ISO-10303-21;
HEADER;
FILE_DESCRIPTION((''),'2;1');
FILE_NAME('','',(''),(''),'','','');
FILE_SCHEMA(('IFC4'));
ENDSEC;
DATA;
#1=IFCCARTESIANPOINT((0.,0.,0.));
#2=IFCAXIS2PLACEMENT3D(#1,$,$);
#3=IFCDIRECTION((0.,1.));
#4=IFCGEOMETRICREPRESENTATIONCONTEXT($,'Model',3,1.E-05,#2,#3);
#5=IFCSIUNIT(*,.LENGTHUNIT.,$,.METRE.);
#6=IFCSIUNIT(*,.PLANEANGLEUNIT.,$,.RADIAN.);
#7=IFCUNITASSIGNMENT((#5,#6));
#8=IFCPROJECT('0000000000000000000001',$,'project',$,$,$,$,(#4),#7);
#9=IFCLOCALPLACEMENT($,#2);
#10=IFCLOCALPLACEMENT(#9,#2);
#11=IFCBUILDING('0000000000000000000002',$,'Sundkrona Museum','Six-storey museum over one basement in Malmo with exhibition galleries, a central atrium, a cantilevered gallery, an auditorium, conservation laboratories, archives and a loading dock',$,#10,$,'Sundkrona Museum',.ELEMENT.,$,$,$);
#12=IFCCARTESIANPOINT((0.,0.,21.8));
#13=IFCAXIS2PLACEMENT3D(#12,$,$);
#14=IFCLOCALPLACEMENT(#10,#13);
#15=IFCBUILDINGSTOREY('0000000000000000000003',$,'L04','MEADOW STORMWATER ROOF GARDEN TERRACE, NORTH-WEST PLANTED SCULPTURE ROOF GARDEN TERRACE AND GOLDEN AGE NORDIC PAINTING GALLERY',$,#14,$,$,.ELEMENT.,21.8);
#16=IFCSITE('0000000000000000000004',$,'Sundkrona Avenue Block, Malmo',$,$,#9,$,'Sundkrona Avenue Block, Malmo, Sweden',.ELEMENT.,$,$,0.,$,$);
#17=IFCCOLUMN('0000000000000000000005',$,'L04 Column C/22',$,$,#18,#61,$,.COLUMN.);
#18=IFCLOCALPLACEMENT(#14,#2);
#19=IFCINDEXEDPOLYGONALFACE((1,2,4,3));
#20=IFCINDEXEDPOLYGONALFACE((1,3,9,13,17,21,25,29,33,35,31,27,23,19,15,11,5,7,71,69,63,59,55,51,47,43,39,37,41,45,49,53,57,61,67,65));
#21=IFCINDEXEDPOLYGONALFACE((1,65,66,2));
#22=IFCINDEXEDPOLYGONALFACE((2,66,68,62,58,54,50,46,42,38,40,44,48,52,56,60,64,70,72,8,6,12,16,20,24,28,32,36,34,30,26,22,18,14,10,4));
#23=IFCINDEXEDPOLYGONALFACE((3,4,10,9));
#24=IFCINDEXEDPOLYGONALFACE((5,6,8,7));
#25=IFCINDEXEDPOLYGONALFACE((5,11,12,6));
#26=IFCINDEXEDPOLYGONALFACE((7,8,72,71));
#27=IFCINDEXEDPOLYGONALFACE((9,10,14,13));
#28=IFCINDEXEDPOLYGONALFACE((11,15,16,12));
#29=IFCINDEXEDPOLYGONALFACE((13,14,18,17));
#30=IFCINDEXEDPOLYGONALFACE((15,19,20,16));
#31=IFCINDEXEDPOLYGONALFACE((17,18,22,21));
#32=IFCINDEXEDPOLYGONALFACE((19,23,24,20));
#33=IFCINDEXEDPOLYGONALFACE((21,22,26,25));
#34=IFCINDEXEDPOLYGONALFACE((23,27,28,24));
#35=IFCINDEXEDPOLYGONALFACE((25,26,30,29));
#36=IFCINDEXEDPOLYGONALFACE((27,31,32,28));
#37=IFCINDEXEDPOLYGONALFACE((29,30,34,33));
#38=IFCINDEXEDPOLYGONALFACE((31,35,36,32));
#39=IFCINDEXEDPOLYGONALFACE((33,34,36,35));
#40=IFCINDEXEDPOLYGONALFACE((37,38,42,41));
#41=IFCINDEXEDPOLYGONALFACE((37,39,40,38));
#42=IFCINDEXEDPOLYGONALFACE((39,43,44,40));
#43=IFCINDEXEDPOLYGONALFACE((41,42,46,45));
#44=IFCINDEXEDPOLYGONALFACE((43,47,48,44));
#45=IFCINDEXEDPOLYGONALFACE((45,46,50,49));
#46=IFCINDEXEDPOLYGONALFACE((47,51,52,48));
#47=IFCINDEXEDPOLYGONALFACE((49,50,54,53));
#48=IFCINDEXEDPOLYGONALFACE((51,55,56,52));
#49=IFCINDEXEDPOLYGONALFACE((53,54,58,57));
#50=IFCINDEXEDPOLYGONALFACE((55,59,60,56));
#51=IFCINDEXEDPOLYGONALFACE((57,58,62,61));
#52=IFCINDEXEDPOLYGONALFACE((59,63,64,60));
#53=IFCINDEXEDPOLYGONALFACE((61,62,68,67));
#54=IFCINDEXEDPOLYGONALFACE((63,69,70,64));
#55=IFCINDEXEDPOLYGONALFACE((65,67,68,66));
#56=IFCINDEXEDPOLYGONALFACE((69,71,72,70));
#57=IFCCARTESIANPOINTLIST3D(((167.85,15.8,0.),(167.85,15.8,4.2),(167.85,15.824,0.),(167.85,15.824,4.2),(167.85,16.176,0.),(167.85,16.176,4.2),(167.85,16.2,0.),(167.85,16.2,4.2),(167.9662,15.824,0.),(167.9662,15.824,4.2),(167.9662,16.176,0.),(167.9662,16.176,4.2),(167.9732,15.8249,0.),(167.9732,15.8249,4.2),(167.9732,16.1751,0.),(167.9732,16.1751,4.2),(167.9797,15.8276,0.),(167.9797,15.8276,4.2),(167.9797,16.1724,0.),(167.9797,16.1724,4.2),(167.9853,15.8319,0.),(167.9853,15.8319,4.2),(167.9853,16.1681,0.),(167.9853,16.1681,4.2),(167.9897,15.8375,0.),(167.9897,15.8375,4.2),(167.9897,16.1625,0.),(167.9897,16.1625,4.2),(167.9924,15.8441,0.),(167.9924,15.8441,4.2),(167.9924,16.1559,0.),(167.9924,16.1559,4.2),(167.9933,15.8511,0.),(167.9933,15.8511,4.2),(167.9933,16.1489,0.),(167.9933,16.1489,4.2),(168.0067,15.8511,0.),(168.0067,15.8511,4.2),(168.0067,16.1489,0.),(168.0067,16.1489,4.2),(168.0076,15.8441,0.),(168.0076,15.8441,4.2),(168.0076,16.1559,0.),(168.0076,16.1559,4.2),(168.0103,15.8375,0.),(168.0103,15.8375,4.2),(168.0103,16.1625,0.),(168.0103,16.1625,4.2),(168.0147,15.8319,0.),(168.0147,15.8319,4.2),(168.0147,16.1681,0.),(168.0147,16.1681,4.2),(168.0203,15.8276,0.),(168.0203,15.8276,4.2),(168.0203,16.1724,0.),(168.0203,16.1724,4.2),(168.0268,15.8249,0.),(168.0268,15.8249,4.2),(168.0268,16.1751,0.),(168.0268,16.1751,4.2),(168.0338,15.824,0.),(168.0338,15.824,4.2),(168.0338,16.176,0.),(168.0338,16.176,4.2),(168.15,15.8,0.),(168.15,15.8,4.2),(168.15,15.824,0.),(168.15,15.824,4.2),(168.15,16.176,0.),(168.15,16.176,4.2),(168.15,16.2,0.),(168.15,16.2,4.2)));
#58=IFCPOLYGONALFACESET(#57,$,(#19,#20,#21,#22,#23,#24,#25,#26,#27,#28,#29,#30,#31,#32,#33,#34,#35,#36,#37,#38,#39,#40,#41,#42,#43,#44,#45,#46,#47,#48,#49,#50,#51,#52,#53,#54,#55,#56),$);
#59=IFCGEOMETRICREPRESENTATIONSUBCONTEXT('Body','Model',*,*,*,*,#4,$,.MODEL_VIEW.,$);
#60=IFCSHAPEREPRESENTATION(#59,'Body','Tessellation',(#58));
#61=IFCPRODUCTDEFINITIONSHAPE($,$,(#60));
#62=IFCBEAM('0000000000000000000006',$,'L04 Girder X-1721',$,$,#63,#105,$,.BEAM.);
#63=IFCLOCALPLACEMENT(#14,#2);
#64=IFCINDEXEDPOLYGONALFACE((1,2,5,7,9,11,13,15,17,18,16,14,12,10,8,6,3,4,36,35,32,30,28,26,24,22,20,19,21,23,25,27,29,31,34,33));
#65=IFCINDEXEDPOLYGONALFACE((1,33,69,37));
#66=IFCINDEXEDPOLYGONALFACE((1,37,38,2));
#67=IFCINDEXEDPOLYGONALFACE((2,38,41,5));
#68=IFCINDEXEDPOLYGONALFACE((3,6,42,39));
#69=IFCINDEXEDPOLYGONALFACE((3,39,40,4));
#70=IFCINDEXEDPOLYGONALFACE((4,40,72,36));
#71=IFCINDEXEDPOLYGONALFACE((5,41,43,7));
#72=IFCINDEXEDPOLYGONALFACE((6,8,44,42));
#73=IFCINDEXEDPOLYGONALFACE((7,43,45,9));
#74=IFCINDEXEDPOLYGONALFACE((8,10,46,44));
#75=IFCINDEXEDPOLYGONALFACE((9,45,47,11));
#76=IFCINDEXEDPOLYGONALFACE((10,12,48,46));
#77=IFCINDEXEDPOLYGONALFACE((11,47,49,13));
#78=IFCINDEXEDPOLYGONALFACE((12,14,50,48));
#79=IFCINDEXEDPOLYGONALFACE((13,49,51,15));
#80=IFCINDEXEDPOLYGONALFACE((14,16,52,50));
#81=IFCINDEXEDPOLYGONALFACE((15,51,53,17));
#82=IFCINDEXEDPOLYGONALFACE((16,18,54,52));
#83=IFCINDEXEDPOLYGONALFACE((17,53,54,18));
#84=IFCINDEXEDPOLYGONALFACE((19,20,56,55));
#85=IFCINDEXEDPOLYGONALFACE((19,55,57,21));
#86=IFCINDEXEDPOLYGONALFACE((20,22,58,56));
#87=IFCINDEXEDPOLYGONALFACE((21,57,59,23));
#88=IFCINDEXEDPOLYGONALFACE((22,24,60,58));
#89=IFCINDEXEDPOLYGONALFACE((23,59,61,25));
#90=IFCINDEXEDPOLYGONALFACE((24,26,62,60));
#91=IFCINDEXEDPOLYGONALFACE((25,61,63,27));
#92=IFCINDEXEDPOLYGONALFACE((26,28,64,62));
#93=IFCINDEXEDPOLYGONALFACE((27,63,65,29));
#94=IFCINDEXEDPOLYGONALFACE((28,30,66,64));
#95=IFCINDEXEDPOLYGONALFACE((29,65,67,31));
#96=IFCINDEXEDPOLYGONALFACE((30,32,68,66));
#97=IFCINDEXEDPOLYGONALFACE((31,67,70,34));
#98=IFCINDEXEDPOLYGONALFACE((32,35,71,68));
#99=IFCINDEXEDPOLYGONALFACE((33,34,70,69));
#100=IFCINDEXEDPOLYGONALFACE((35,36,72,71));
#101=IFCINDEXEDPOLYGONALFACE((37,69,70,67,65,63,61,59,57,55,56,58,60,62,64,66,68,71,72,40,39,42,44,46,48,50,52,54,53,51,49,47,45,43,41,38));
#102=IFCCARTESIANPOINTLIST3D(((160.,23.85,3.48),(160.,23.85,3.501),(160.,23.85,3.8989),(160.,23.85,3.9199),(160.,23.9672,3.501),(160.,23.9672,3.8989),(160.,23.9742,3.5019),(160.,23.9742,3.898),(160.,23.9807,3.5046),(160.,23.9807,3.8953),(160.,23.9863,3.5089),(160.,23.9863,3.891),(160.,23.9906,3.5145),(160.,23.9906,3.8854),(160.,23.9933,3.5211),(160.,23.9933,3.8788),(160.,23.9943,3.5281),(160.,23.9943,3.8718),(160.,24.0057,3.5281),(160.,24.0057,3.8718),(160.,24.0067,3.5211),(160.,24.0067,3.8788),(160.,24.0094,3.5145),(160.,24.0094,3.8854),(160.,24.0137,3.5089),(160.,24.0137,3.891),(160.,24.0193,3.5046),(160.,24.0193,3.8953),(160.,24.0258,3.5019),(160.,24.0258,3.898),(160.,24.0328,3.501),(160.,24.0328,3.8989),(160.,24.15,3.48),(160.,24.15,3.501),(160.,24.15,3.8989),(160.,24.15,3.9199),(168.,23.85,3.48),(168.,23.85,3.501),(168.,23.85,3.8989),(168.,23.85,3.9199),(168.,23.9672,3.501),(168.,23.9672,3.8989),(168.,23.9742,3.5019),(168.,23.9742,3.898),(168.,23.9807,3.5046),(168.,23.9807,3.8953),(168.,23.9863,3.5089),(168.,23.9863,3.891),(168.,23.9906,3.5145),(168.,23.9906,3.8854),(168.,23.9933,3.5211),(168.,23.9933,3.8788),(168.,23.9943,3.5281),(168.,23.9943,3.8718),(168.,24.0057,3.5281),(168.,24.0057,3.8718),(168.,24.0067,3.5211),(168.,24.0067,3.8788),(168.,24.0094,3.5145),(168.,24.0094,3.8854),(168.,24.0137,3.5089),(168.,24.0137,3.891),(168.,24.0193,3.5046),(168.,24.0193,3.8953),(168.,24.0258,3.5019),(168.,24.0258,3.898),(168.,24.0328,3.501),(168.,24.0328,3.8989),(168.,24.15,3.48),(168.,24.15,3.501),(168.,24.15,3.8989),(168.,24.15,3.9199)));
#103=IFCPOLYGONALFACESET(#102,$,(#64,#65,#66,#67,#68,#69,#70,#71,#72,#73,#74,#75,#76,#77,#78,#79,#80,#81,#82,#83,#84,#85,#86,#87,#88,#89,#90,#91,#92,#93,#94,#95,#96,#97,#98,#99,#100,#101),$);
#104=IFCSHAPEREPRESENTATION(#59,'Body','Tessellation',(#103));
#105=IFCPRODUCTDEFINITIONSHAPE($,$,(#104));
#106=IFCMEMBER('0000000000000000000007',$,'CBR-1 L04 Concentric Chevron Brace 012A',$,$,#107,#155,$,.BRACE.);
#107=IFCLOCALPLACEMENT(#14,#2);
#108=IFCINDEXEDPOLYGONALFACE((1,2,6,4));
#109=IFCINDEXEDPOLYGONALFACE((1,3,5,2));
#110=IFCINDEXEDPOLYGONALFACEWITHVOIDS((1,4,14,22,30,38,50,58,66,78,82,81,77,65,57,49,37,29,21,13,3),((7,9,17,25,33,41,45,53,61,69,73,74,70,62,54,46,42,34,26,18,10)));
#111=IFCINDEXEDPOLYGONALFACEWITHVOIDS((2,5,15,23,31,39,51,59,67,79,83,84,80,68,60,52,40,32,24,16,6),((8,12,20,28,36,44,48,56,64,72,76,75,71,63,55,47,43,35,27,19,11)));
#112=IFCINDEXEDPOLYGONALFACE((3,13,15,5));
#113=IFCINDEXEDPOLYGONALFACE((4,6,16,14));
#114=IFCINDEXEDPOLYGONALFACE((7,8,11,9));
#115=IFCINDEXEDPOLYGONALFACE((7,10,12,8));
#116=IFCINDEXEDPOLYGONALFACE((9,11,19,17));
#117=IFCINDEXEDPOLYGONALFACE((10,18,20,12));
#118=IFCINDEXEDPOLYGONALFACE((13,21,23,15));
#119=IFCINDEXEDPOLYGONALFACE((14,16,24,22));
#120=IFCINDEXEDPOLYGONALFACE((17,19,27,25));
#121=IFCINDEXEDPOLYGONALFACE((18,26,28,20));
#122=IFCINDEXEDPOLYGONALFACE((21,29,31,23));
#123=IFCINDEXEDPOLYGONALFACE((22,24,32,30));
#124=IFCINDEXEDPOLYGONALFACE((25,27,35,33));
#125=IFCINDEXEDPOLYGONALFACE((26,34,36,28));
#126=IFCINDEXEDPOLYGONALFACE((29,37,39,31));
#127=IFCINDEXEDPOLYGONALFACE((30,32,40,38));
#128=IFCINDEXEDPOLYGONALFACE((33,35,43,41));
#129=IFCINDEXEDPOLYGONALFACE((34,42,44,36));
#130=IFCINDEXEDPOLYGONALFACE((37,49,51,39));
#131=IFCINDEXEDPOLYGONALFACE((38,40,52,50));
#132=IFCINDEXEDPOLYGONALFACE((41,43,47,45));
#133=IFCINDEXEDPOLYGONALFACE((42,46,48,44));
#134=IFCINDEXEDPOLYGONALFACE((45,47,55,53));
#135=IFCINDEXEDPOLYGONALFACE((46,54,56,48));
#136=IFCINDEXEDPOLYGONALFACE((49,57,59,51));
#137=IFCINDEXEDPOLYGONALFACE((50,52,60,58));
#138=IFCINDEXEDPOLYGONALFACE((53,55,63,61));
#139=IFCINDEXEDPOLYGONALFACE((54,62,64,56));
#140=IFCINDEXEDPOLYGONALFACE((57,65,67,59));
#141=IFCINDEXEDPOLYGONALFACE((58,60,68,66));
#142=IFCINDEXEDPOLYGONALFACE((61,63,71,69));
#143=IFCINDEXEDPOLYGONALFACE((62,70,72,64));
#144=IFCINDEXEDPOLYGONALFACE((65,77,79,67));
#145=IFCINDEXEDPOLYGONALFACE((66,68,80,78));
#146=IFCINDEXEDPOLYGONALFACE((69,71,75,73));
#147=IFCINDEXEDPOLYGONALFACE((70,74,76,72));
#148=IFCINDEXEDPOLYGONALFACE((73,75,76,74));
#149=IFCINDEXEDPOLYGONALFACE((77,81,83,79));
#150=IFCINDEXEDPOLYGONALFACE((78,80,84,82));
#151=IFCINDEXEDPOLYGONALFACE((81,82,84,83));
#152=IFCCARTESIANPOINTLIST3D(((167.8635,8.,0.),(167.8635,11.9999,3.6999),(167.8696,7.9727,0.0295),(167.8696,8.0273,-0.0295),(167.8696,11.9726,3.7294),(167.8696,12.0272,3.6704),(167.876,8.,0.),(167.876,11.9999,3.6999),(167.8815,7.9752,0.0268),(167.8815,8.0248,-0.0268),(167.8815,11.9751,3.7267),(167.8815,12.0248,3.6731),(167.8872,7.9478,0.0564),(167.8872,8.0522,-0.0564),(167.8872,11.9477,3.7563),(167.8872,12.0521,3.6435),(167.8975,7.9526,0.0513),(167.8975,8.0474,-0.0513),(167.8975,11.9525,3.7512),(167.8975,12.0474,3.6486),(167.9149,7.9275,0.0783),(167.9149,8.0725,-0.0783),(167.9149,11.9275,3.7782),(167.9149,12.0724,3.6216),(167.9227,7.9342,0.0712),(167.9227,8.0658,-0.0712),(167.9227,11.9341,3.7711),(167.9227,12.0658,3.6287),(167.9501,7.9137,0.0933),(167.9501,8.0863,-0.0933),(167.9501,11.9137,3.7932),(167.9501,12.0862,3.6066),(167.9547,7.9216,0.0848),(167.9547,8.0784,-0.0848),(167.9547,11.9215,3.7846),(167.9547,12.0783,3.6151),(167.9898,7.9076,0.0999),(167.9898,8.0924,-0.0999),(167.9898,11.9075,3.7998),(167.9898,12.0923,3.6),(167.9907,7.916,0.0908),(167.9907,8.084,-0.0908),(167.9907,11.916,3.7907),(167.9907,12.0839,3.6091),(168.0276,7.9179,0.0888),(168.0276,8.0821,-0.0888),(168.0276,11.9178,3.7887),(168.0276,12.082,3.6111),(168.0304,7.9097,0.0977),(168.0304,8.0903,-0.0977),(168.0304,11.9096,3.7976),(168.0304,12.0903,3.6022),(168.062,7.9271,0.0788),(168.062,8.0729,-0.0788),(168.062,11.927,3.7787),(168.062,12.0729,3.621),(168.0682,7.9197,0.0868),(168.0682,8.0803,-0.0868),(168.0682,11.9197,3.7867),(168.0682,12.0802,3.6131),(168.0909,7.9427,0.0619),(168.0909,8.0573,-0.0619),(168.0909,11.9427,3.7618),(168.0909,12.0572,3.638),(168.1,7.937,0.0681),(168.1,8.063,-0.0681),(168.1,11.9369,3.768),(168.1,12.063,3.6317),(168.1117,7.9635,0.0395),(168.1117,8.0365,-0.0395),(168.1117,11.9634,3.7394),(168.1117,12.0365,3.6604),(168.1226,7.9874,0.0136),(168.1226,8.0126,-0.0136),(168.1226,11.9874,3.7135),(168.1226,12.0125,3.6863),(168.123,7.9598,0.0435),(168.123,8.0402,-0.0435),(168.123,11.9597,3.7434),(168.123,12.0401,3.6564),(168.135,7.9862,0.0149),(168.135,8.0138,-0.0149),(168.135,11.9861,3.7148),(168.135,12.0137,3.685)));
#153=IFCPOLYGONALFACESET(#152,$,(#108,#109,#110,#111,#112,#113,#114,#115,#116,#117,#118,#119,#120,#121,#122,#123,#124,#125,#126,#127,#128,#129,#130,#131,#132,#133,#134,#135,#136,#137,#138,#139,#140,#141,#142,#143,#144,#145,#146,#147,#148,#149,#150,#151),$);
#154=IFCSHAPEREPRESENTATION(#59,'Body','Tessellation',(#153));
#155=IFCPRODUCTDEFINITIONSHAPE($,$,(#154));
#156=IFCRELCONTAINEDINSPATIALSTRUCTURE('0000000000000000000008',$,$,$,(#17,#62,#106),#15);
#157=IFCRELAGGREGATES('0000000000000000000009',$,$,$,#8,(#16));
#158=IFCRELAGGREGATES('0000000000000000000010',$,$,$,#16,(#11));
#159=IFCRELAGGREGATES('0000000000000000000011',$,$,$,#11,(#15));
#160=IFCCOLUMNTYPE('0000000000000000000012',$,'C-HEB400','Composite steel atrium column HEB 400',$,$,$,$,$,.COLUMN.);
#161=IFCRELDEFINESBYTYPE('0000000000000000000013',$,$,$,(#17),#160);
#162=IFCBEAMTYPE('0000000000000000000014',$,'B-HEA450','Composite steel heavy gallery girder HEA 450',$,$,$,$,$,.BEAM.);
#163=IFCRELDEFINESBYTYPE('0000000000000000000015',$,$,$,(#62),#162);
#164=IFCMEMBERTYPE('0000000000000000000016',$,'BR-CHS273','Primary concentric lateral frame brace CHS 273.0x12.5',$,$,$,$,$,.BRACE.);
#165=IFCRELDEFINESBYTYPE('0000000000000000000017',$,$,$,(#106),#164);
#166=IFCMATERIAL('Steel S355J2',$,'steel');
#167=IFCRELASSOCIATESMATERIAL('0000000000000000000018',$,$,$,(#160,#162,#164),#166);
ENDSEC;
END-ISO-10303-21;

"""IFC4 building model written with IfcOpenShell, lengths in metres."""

from ifc_helpers import new_model, si_unit, direction, frame, origin, origin_2d, place, context, subcontext, project, spatial, hollow_circle, i_section, extrude, material, material_profile, profile_set, type_object, element, save


model = new_model("IFC4")

# Units and contexts
model_context = context("Model", 3, precision=1e-05, world=origin(), true_north=direction((0.0, 1.0)))
body_context = subcontext(model_context, "Body", "Model", "MODEL_VIEW")
ifc_project = project(units=[si_unit("LENGTHUNIT", "METRE"), si_unit("PLANEANGLEUNIT", "RADIAN")], contexts=[model_context])

# Site, building, storey
site_placement = place(None, origin())
site = spatial("IfcSite", under=ifc_project, at=site_placement, Name="Sundkrona Avenue Block, Malmo", LongName="Sundkrona Avenue Block, Malmo, Sweden", CompositionType="ELEMENT", RefElevation=0.0)
building_placement = place(site_placement, origin())
building = spatial("IfcBuilding", under=site, at=building_placement, Name="Sundkrona Museum", Description="Six-storey museum over one basement in Malmo with exhibition galleries, a central atrium, a cantilevered gallery, an auditorium, conservation laboratories, archives and a loading dock", LongName="Sundkrona Museum", CompositionType="ELEMENT")
storey_placement = place(building_placement, frame((0.0, 0.0, 21.8)))
storey = spatial("IfcBuildingStorey", under=building, at=storey_placement, Name="L04", Description="MEADOW STORMWATER ROOF GARDEN TERRACE, NORTH-WEST PLANTED SCULPTURE ROOF GARDEN TERRACE AND GOLDEN AGE NORDIC PAINTING GALLERY", CompositionType="ELEMENT", Elevation=21.8)

# Column
ifc_material_1 = material(Name="Steel S355J2", Category="steel")
ifc_material_profile_1 = material_profile(ifc_material_1, i_section(OverallWidth=0.3, OverallDepth=0.3999, WebThickness=0.0134, FlangeThickness=0.0239, FilletRadius=0.0271, at=origin_2d()), Name="HEB 400")
ifc_profile_set_1 = profile_set([ifc_material_profile_1], Name="Steel S355J2")
column_type = type_object("IfcColumnType", Name="C-HEB400", Description="Composite steel atrium column HEB 400", PredefinedType="COLUMN", material=ifc_profile_set_1)
column_placement = place(storey_placement, frame((168.0, 16.0, 0.0), z_axis=(0.0, 0.0, 1.0), x_axis=(1.0, 0.0, 0.0)))
element("IfcColumn", 1, at=column_placement, inside=storey, type_object=column_type, Name="L04 Column C/22", PredefinedType="COLUMN", context=body_context, shape_type="SweptSolid", body=[
    extrude(i_section(OverallWidth=0.3, OverallDepth=0.3999, WebThickness=0.0134, FlangeThickness=0.0239, FilletRadius=0.0271, at=origin_2d()), origin(), (0.0, 0.0, 1.0), 4.2),
])

# Beam
ifc_material_profile_2 = material_profile(ifc_material_1, i_section(OverallWidth=0.3, OverallDepth=0.4399, WebThickness=0.0115, FlangeThickness=0.021, FilletRadius=0.0271, at=origin_2d()), Name="HEA 450")
ifc_profile_set_2 = profile_set([ifc_material_profile_2], Name="Steel S355J2")
beam_type_1 = type_object("IfcBeamType", Name="B-HEA450", Description="Composite steel heavy gallery girder HEA 450", PredefinedType="BEAM", material=ifc_profile_set_2)
beam_1_placement = place(storey_placement, frame((160.0, 24.0, 3.7), z_axis=(1.0, 0.0, 0.0), x_axis=(0.0, 1.0, 0.0)))
element("IfcBeam", 2, at=beam_1_placement, inside=storey, type_object=beam_type_1, Name="L04 Girder X-1721", PredefinedType="BEAM", context=body_context, shape_type="SweptSolid", body=[
    extrude(i_section(OverallWidth=0.3, OverallDepth=0.4399, WebThickness=0.0115, FlangeThickness=0.021, FilletRadius=0.0271, at=origin_2d()), origin(), (0.0, 0.0, 1.0), 8.0),
])

# Member
ifc_material_profile_3 = material_profile(ifc_material_1, hollow_circle(Radius=0.1365, WallThickness=0.0125, at=origin_2d()), Name="CHS 273.0x12.5")
ifc_profile_set_3 = profile_set([ifc_material_profile_3], Name="Steel S355J2")
member_type = type_object("IfcMemberType", Name="BR-CHS273", Description="Primary concentric lateral frame brace CHS 273.0x12.5", PredefinedType="BRACE", material=ifc_profile_set_3)
for number, where, z_axis, x_axis, name in (
    (3, (168.0, 8.0, 0.0), (0.0, 0.734104, 0.679037), (-1.0, 0.0, 0.0), "CBR-1 L04 Concentric Chevron Brace 012A"),
):
    element("IfcMember", number, at=place(storey_placement, frame(where, z_axis=z_axis, x_axis=x_axis)), inside=storey, type_object=member_type, Name=name, PredefinedType="BRACE", context=body_context, shape_type="SweptSolid", body=[
        extrude(hollow_circle(Radius=0.1365, WallThickness=0.0125, at=origin_2d()), origin(), (0.0, 0.0, 1.0), 5.4487),
    ])

save(model, "model.ifc")
